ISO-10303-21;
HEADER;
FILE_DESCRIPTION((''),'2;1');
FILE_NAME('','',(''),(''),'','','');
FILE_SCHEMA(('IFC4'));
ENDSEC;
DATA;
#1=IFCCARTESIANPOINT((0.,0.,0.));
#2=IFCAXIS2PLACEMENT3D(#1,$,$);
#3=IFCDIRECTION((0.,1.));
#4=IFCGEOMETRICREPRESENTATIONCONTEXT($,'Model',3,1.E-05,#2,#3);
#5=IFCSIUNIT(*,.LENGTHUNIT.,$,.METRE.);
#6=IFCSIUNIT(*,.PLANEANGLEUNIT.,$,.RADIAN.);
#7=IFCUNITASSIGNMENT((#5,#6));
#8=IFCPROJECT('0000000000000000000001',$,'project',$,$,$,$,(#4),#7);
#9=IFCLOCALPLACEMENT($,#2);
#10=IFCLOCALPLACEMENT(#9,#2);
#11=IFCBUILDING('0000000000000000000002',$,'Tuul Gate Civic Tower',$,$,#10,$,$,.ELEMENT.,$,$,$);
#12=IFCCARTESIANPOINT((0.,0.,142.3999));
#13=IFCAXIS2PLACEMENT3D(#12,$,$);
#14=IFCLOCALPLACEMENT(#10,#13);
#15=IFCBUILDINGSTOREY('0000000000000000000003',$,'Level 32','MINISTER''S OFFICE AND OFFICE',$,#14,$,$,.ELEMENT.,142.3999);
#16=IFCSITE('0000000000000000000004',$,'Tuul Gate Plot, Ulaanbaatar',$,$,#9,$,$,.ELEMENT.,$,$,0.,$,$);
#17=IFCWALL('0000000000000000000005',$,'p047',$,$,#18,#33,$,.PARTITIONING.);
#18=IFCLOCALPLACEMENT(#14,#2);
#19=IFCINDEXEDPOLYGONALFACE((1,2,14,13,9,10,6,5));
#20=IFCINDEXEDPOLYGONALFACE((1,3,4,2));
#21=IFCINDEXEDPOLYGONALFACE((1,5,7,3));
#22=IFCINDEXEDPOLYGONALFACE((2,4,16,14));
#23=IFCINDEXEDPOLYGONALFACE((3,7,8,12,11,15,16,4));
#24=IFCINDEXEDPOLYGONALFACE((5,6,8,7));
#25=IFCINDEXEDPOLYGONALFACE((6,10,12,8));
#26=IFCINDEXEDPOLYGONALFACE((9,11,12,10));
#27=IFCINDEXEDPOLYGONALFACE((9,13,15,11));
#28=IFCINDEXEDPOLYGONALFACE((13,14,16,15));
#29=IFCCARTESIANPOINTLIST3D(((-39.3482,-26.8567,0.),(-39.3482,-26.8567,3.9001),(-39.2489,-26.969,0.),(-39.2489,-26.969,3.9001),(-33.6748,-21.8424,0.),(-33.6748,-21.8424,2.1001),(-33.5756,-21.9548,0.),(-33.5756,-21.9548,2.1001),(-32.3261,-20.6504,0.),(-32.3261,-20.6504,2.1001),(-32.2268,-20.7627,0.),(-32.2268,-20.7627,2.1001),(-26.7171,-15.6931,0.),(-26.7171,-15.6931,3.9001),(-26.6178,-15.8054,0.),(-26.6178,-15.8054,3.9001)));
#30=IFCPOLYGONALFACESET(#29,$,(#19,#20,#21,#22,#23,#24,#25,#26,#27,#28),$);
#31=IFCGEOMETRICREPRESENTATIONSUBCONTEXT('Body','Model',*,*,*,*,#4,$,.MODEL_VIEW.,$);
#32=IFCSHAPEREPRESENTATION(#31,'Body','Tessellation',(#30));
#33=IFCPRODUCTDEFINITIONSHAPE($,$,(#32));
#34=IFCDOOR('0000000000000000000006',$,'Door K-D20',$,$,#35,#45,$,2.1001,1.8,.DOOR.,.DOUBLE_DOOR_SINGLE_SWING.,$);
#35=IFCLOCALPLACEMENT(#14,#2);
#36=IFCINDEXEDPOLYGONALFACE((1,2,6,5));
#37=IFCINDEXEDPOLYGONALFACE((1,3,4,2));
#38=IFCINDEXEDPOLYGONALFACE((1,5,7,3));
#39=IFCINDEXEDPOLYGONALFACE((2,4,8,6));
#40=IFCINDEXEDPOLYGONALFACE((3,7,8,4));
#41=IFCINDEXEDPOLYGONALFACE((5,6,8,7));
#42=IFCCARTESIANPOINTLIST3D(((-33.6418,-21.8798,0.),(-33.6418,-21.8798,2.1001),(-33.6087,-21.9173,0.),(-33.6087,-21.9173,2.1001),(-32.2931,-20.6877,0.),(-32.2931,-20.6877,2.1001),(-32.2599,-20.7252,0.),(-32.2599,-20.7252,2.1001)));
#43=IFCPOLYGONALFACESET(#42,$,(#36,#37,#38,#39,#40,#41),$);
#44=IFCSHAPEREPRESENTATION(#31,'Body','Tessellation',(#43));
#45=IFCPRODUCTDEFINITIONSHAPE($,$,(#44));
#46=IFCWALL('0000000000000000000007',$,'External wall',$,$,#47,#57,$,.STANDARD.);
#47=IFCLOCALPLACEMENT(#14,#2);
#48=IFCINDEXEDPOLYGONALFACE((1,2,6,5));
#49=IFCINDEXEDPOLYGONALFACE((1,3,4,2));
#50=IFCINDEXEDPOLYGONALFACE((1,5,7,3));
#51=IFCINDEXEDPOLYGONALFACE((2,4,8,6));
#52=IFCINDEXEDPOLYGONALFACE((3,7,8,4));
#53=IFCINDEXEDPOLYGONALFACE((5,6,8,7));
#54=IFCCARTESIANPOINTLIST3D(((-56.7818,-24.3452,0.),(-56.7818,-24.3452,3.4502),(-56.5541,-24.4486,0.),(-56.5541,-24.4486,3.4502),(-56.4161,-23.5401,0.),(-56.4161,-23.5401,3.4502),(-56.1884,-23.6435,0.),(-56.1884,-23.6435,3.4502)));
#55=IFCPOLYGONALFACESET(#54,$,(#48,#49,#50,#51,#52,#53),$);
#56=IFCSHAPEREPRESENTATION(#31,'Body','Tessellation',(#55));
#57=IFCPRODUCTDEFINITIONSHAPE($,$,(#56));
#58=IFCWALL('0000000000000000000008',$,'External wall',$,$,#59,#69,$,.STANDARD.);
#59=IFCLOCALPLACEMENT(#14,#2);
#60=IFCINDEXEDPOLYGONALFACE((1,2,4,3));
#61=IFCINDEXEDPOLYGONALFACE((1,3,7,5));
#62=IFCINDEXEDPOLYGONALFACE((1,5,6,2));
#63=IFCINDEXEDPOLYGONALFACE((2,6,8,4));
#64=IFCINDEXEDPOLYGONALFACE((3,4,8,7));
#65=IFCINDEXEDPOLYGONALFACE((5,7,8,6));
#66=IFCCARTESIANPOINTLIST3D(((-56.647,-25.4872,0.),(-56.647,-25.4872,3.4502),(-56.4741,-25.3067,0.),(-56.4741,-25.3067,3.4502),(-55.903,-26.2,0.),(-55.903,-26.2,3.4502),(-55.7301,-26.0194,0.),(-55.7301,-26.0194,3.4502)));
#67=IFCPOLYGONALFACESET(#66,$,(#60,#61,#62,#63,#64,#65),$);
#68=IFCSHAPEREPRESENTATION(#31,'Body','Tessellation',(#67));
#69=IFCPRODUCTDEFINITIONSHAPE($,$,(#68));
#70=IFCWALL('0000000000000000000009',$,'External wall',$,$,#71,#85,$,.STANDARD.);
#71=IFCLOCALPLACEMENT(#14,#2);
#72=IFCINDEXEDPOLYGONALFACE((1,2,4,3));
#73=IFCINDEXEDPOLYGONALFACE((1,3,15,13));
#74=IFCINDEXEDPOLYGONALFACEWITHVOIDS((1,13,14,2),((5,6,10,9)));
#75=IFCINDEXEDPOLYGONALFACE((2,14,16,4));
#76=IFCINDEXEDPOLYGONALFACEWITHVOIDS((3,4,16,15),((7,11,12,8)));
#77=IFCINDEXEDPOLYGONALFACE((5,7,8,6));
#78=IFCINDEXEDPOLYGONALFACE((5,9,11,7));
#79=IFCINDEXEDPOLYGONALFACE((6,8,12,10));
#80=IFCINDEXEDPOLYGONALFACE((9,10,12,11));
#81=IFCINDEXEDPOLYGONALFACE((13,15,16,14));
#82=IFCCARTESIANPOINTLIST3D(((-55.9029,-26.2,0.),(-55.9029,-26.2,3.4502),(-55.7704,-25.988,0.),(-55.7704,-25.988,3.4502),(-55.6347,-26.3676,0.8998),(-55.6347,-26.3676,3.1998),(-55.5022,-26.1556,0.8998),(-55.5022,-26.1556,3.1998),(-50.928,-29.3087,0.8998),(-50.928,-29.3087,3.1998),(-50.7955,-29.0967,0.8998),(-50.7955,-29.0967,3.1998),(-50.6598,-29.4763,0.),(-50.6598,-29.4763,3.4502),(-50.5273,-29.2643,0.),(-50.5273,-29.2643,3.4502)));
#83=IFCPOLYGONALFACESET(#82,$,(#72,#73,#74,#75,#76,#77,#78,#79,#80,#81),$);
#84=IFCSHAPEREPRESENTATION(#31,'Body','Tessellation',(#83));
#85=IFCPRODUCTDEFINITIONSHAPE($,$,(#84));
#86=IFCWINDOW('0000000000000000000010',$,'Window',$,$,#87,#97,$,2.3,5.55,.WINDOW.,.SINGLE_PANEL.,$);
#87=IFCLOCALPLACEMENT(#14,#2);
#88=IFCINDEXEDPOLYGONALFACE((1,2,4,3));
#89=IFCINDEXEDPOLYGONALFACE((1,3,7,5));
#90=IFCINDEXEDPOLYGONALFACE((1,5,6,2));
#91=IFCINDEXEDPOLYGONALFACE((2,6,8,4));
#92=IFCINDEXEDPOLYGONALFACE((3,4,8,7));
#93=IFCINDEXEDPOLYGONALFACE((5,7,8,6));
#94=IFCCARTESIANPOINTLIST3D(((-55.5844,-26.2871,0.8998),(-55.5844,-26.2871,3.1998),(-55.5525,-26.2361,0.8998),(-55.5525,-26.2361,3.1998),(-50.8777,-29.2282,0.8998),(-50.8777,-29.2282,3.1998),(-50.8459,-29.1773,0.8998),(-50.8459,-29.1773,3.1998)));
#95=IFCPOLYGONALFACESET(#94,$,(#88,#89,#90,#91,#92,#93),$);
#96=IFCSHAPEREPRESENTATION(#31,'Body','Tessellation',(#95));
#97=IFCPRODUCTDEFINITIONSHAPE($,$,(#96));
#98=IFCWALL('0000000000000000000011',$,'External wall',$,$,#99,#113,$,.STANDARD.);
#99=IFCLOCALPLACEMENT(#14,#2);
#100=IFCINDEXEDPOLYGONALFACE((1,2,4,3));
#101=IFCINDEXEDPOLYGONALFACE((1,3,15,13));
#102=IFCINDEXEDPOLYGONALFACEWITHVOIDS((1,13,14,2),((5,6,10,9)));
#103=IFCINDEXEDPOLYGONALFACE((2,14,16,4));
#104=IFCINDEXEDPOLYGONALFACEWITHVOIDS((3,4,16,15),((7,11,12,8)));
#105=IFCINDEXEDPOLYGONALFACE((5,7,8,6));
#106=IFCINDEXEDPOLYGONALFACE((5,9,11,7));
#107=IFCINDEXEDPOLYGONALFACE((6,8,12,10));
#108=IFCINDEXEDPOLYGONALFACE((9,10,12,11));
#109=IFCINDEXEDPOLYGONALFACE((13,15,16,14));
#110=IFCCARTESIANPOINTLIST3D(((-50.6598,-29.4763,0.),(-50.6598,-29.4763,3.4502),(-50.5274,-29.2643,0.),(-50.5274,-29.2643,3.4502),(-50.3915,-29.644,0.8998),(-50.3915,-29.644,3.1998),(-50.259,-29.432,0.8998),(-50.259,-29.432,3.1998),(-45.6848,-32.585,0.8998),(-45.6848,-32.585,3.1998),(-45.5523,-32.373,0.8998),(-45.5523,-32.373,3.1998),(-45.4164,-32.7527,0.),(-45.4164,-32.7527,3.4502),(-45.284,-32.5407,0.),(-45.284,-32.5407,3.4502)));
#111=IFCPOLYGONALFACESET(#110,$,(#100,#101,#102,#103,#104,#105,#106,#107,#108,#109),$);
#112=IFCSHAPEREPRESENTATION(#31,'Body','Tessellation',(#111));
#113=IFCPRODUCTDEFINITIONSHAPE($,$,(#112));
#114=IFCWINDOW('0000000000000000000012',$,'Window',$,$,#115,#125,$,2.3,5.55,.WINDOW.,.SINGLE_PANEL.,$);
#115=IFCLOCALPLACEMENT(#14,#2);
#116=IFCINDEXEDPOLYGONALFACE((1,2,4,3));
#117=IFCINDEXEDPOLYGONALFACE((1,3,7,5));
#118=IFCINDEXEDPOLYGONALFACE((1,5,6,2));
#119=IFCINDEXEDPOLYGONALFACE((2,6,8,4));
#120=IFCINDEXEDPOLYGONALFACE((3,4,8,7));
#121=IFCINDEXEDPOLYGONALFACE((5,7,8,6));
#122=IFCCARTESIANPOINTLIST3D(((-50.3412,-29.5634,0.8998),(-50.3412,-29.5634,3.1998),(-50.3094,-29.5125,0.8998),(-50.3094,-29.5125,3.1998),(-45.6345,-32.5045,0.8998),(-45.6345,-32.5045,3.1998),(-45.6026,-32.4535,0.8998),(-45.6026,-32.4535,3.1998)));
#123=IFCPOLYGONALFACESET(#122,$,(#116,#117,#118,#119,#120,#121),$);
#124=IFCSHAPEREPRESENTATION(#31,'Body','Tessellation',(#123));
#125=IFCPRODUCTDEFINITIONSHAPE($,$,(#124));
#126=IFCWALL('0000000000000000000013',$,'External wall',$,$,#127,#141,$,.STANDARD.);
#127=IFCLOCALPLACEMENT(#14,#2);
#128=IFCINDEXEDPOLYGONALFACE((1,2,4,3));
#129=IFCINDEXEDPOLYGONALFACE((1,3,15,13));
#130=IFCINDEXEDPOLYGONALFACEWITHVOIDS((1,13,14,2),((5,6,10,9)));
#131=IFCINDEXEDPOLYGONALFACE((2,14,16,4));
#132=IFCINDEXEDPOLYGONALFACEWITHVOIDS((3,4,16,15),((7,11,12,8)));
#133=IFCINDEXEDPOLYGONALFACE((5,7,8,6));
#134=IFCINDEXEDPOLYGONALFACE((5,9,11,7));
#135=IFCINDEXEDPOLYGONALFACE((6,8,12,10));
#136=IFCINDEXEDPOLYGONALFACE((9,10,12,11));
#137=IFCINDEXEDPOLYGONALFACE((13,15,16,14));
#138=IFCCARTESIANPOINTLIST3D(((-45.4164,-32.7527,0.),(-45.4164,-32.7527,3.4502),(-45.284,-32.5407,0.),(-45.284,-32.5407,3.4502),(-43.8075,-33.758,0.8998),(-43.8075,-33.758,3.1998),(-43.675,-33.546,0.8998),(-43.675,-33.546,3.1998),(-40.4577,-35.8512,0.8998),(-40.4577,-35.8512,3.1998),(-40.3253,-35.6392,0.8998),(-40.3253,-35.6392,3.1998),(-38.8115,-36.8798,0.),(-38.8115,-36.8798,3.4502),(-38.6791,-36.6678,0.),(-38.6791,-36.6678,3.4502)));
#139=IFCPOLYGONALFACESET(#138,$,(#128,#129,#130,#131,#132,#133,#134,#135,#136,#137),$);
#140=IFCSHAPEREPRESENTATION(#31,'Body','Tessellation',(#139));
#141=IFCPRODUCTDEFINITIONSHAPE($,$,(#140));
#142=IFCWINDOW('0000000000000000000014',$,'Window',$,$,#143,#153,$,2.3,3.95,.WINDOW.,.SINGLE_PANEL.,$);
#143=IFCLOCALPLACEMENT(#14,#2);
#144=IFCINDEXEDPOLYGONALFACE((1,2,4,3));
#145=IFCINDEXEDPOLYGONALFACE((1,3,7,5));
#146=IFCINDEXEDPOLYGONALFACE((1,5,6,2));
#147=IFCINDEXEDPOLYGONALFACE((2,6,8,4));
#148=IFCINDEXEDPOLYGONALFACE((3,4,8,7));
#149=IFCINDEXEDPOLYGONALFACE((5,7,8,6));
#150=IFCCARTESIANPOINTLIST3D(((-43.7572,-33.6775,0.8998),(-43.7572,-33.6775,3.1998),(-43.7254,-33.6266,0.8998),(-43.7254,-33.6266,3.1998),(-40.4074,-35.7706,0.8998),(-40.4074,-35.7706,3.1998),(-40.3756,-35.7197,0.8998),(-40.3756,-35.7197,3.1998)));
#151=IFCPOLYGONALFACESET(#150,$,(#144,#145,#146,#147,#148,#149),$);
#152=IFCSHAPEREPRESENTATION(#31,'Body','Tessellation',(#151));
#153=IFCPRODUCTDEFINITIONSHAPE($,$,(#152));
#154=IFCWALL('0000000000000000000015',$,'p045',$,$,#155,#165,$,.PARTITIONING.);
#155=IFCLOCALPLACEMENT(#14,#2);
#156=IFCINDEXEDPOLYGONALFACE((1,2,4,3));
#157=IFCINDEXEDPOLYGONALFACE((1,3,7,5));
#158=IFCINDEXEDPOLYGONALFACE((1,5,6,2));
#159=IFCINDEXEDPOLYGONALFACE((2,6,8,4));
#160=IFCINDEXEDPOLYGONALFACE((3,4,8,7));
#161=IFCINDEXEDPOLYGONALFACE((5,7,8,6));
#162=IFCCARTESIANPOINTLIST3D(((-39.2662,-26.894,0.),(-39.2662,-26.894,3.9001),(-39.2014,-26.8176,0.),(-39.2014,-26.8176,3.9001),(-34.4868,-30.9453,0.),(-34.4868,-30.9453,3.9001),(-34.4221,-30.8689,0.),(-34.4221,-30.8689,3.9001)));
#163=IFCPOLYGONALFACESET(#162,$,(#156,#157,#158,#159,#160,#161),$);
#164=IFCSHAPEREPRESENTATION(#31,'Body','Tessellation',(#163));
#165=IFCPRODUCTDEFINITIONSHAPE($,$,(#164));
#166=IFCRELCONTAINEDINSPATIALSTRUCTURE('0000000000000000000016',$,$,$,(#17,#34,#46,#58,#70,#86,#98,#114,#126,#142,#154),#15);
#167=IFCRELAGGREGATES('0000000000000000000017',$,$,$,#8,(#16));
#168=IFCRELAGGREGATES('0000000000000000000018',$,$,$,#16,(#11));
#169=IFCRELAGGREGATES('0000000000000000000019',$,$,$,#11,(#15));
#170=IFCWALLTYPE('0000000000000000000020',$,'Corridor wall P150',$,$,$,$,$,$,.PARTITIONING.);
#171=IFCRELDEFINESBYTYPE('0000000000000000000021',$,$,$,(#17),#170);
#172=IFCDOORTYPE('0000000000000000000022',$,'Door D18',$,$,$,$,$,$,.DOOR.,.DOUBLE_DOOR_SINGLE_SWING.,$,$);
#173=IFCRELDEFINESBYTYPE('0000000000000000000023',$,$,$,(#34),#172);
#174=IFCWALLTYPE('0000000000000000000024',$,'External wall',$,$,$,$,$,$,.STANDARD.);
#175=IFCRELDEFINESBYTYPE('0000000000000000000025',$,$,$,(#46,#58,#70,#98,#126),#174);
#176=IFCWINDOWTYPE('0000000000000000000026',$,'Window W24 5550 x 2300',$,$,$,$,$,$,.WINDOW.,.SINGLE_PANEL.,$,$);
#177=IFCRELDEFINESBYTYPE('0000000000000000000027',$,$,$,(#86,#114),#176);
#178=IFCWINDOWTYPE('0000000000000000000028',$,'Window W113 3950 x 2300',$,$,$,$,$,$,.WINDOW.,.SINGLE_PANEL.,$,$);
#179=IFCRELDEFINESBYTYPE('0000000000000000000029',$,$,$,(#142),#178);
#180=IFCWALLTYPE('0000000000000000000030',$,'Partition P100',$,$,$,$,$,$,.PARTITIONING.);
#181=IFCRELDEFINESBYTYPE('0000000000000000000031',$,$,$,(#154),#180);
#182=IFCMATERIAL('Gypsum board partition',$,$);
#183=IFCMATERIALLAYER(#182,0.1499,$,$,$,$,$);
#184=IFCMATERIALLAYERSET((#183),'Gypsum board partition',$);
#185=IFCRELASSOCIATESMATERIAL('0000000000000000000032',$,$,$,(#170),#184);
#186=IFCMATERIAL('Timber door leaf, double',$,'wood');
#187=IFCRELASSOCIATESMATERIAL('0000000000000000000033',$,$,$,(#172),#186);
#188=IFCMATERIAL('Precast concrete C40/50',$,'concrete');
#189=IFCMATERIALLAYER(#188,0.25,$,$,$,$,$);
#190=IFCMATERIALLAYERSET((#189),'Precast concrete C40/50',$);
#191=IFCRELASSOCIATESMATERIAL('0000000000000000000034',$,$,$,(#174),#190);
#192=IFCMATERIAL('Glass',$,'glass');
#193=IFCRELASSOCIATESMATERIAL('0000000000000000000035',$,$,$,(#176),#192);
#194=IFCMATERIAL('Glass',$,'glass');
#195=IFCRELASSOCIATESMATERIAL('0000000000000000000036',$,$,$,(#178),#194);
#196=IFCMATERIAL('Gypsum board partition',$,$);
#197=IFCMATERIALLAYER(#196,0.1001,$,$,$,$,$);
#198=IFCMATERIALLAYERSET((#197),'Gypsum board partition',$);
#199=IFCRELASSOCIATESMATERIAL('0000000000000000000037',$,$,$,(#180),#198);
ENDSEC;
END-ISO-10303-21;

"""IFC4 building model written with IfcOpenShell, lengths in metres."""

from ifc_helpers import new_model, si_unit, direction, frame, frame_2d, origin, place, context, subcontext, project, spatial, rectangle, extrude, material, layer, layer_set, type_object, element, fill, save


model = new_model("IFC4")

# Units and contexts
model_context = context("Model", 3, precision=1e-05, world=origin(), true_north=direction((0.0, 1.0)))
body_context = subcontext(model_context, "Body", "Model", "MODEL_VIEW")
ifc_project = project(units=[si_unit("LENGTHUNIT", "METRE"), si_unit("PLANEANGLEUNIT", "RADIAN")], contexts=[model_context])

# Site, building, storey
site_placement = place(None, origin())
site = spatial("IfcSite", under=ifc_project, at=site_placement, Name="Tuul Gate Plot, Ulaanbaatar", CompositionType="ELEMENT", RefElevation=0.0)
building_placement = place(site_placement, origin())
building = spatial("IfcBuilding", under=site, at=building_placement, Name="Tuul Gate Civic Tower", CompositionType="ELEMENT")
storey_placement = place(building_placement, frame((0.0, 0.0, 142.3999)))
storey = spatial("IfcBuildingStorey", under=building, at=storey_placement, Name="Level 32", Description="MINISTER'S OFFICE AND OFFICE", CompositionType="ELEMENT", Elevation=142.3999)

# Shared definitions
ifc_material_1 = material(Name="Gypsum board partition")
ifc_layer_1 = layer(ifc_material_1, 0.1499)
ifc_layer_set_1 = layer_set([ifc_layer_1], Name="Gypsum board partition")
wall_type_1 = type_object("IfcWallType", Name="Corridor wall P150", PredefinedType="PARTITIONING", material=ifc_layer_set_1)
ifc_material_2 = material(Name="Timber door leaf, double", Category="wood")
door_type_1 = type_object("IfcDoorType", Name="Door D18", OperationType="DOUBLE_DOOR_SINGLE_SWING", PredefinedType="DOOR", material=ifc_material_2)

# Wall, opening, door
wall_1_placement = place(storey_placement, frame((-39.2986, -26.9128, 0.0), z_axis=(0.0, 0.0, 1.0), x_axis=(0.749294, 0.662238, 0.0)))
wall_1 = element("IfcWall", 1, at=wall_1_placement, inside=storey, type_object=wall_type_1, Name="p047", PredefinedType="PARTITIONING", context=body_context, shape_type="SweptSolid", body=[
    extrude(rectangle(XDim=16.8574, YDim=0.1499, at=frame_2d((8.4287, 0.0))), origin(), (0.0, 0.0, 1.0), 3.9001),
])
opening_1_placement = place(wall_1_placement, frame((7.5718, 0.0, 0.0)))
opening_1 = element("IfcOpeningElement", 2, at=opening_1_placement, cuts=wall_1, PredefinedType="OPENING", context=body_context, shape_type="SweptSolid", body=[
    extrude(rectangle(XDim=1.8, YDim=2.1001, at=frame_2d((0.8999, 1.05))), frame((0.0, 0.085, 0.0), z_axis=(0.0, -1.0, 0.0), x_axis=(1.0, 0.0, 0.0)), (0.0, 0.0, 1.0), 0.1699),
])
door_1_placement = place(opening_1_placement, frame((1.8, 0.0, 0.0), z_axis=(0.0, 0.0, 1.0), x_axis=(-1.0, 0.0, 0.0)))
door_1 = element("IfcDoor", 3, at=door_1_placement, inside=storey, type_object=door_type_1, Name="Door K-D20", OperationType="DOUBLE_DOOR_SINGLE_SWING", OverallHeight=2.1001, OverallWidth=1.8, PredefinedType="DOOR", context=body_context, shape_type="SweptSolid", body=[
    extrude(rectangle(XDim=1.8, YDim=2.1001, at=frame_2d((0.9001, 1.05))), frame((0.0, 0.0249, 0.0), z_axis=(0.0, -1.0, 0.0), x_axis=(1.0, 0.0, 0.0)), (0.0, 0.0, 1.0), 0.05),
])
fill(opening_1, door_1)

# Walls
ifc_material_3 = material(Name="Precast concrete C40/50", Category="concrete")
ifc_layer_2 = layer(ifc_material_3, 0.25)
ifc_layer_set_2 = layer_set([ifc_layer_2], Name="Precast concrete C40/50")
wall_type_2 = type_object("IfcWallType", Name="External wall", PredefinedType="STANDARD", material=ifc_layer_set_2)
wall_2_placement = place(storey_placement, frame((-56.3022, -23.5918, 0.0), z_axis=(0.0, 0.0, 1.0), x_axis=(-0.413553, -0.91048, 0.0)))
element("IfcWall", 4, at=wall_2_placement, inside=storey, type_object=wall_type_2, Name="External wall", PredefinedType="STANDARD", context=body_context, shape_type="SweptSolid", body=[
    extrude(rectangle(XDim=0.8843, YDim=0.25, at=frame_2d((0.4421, 0.0))), origin(), (0.0, 0.0, 1.0), 3.4502),
])
wall_3_placement = place(storey_placement, frame((-56.5605, -25.397, 0.0), z_axis=(0.0, 0.0, 1.0), x_axis=(0.722112, -0.691777, 0.0)))
element("IfcWall", 5, at=wall_3_placement, inside=storey, type_object=wall_type_2, Name="External wall", PredefinedType="STANDARD", context=body_context, shape_type="SweptSolid", body=[
    extrude(rectangle(XDim=1.0303, YDim=0.25, at=frame_2d((0.5151, 0.0))), origin(), (0.0, 0.0, 1.0), 3.4502),
])

# Walls, openings, windows
wall_4_placement = place(storey_placement, frame((-55.8367, -26.094, 0.0), z_axis=(0.0, 0.0, 1.0), x_axis=(0.848043, -0.529928, 0.0)))
wall_4 = element("IfcWall", 6, at=wall_4_placement, inside=storey, type_object=wall_type_2, Name="External wall", PredefinedType="STANDARD", context=body_context, shape_type="SweptSolid", body=[
    extrude(rectangle(XDim=6.1826, YDim=0.25, at=frame_2d((3.0913, 0.0))), origin(), (0.0, 0.0, 1.0), 3.4502),
])
opening_2_placement = place(wall_4_placement, frame((0.3164, 0.0, 0.8999)))
opening_2 = element("IfcOpeningElement", 7, at=opening_2_placement, cuts=wall_4, PredefinedType="OPENING", context=body_context, shape_type="SweptSolid", body=[
    extrude(rectangle(XDim=5.55, YDim=2.3, at=frame_2d((2.7749, 1.1499))), frame((0.0, 0.135, 0.0), z_axis=(0.0, -1.0, 0.0), x_axis=(1.0, 0.0, 0.0)), (0.0, 0.0, 1.0), 0.27),
])
ifc_material_4 = material(Name="Glass", Category="glass")
window_type_1 = type_object("IfcWindowType", Name="Window W24 5550 x 2300", PartitioningType="SINGLE_PANEL", PredefinedType="WINDOW", material=ifc_material_4)
window_1_placement = place(opening_2_placement, origin())
window_1 = element("IfcWindow", 8, at=window_1_placement, inside=storey, type_object=window_type_1, Name="Window", OverallHeight=2.3, OverallWidth=5.55, PartitioningType="SINGLE_PANEL", PredefinedType="WINDOW", context=body_context, shape_type="SweptSolid", body=[
    extrude(rectangle(XDim=5.55, YDim=2.3, at=frame_2d((2.7749, 1.1499))), frame((0.0, 0.03, 0.0), z_axis=(0.0, -1.0, 0.0), x_axis=(1.0, 0.0, 0.0)), (0.0, 0.0, 1.0), 0.0601),
])
fill(opening_2, window_1)
wall_5_placement = place(storey_placement, frame((-50.5935, -29.3704, 0.0), z_axis=(0.0, 0.0, 1.0), x_axis=(0.848054, -0.52991, 0.0)))
wall_5 = element("IfcWall", 9, at=wall_5_placement, inside=storey, type_object=wall_type_2, Name="External wall", PredefinedType="STANDARD", context=body_context, shape_type="SweptSolid", body=[
    extrude(rectangle(XDim=6.1829, YDim=0.25, at=frame_2d((3.0913, 0.0))), origin(), (0.0, 0.0, 1.0), 3.4502),
])
opening_3_placement = place(wall_5_placement, frame((0.3164, 0.0, 0.8999)))
opening_3 = element("IfcOpeningElement", 10, at=opening_3_placement, cuts=wall_5, PredefinedType="OPENING", context=body_context, shape_type="SweptSolid", body=[
    extrude(rectangle(XDim=5.55, YDim=2.3, at=frame_2d((2.7749, 1.1499))), frame((0.0, 0.135, 0.0), z_axis=(0.0, -1.0, 0.0), x_axis=(1.0, 0.0, 0.0)), (0.0, 0.0, 1.0), 0.27),
])
window_2_placement = place(opening_3_placement, origin())
window_2 = element("IfcWindow", 11, at=window_2_placement, inside=storey, type_object=window_type_1, Name="Window", OverallHeight=2.3, OverallWidth=5.55, PartitioningType="SINGLE_PANEL", PredefinedType="WINDOW", context=body_context, shape_type="SweptSolid", body=[
    extrude(rectangle(XDim=5.55, YDim=2.3, at=frame_2d((2.7749, 1.1499))), frame((0.0, 0.03, 0.0), z_axis=(0.0, -1.0, 0.0), x_axis=(1.0, 0.0, 0.0)), (0.0, 0.0, 1.0), 0.0601),
])
fill(opening_3, window_2)
wall_6_placement = place(storey_placement, frame((-45.3501, -32.6467, 0.0), z_axis=(0.0, 0.0, 1.0), x_axis=(0.848051, -0.529914, 0.0)))
wall_6 = element("IfcWall", 12, at=wall_6_placement, inside=storey, type_object=wall_type_2, Name="External wall", PredefinedType="STANDARD", context=body_context, shape_type="SweptSolid", body=[
    extrude(rectangle(XDim=7.7883, YDim=0.25, at=frame_2d((3.894, 0.0))), origin(), (0.0, 0.0, 1.0), 3.4502),
])
opening_4_placement = place(wall_6_placement, frame((1.897, 0.0, 0.8999)))
opening_4 = element("IfcOpeningElement", 13, at=opening_4_placement, cuts=wall_6, PredefinedType="OPENING", context=body_context, shape_type="SweptSolid", body=[
    extrude(rectangle(XDim=3.95, YDim=2.3, at=frame_2d((1.9751, 1.1499))), frame((0.0, 0.135, 0.0), z_axis=(0.0, -1.0, 0.0), x_axis=(1.0, 0.0, 0.0)), (0.0, 0.0, 1.0), 0.27),
])
ifc_material_5 = material(Name="Glass", Category="glass")
window_type_2 = type_object("IfcWindowType", Name="Window W113 3950 x 2300", PartitioningType="SINGLE_PANEL", PredefinedType="WINDOW", material=ifc_material_5)
window_3_placement = place(opening_4_placement, origin())
window_3 = element("IfcWindow", 14, at=window_3_placement, inside=storey, type_object=window_type_2, Name="Window", OverallHeight=2.3, OverallWidth=3.95, PartitioningType="SINGLE_PANEL", PredefinedType="WINDOW", context=body_context, shape_type="SweptSolid", body=[
    extrude(rectangle(XDim=3.95, YDim=2.3, at=frame_2d((1.9751, 1.1499))), frame((0.0, 0.03, 0.0), z_axis=(0.0, -1.0, 0.0), x_axis=(1.0, 0.0, 0.0)), (0.0, 0.0, 1.0), 0.0601),
])
fill(opening_4, window_3)

# Wall
ifc_material_6 = material(Name="Gypsum board partition")
ifc_layer_3 = layer(ifc_material_6, 0.1001)
ifc_layer_set_3 = layer_set([ifc_layer_3], Name="Gypsum board partition")
wall_type_3 = type_object("IfcWallType", Name="Partition P100", PredefinedType="PARTITIONING", material=ifc_layer_set_3)
wall_7_placement = place(storey_placement, frame((-39.2339, -26.8557, 0.0), z_axis=(0.0, 0.0, 1.0), x_axis=(0.762815, -0.646616, 0.0)))
element("IfcWall", 15, at=wall_7_placement, inside=storey, type_object=wall_type_3, Name="p045", PredefinedType="PARTITIONING", context=body_context, shape_type="SweptSolid", body=[
    extrude(rectangle(XDim=6.2654, YDim=0.1001, at=frame_2d((3.1328, 0.0))), origin(), (0.0, 0.0, 1.0), 3.9001),
])

save(model, "model.ifc")
